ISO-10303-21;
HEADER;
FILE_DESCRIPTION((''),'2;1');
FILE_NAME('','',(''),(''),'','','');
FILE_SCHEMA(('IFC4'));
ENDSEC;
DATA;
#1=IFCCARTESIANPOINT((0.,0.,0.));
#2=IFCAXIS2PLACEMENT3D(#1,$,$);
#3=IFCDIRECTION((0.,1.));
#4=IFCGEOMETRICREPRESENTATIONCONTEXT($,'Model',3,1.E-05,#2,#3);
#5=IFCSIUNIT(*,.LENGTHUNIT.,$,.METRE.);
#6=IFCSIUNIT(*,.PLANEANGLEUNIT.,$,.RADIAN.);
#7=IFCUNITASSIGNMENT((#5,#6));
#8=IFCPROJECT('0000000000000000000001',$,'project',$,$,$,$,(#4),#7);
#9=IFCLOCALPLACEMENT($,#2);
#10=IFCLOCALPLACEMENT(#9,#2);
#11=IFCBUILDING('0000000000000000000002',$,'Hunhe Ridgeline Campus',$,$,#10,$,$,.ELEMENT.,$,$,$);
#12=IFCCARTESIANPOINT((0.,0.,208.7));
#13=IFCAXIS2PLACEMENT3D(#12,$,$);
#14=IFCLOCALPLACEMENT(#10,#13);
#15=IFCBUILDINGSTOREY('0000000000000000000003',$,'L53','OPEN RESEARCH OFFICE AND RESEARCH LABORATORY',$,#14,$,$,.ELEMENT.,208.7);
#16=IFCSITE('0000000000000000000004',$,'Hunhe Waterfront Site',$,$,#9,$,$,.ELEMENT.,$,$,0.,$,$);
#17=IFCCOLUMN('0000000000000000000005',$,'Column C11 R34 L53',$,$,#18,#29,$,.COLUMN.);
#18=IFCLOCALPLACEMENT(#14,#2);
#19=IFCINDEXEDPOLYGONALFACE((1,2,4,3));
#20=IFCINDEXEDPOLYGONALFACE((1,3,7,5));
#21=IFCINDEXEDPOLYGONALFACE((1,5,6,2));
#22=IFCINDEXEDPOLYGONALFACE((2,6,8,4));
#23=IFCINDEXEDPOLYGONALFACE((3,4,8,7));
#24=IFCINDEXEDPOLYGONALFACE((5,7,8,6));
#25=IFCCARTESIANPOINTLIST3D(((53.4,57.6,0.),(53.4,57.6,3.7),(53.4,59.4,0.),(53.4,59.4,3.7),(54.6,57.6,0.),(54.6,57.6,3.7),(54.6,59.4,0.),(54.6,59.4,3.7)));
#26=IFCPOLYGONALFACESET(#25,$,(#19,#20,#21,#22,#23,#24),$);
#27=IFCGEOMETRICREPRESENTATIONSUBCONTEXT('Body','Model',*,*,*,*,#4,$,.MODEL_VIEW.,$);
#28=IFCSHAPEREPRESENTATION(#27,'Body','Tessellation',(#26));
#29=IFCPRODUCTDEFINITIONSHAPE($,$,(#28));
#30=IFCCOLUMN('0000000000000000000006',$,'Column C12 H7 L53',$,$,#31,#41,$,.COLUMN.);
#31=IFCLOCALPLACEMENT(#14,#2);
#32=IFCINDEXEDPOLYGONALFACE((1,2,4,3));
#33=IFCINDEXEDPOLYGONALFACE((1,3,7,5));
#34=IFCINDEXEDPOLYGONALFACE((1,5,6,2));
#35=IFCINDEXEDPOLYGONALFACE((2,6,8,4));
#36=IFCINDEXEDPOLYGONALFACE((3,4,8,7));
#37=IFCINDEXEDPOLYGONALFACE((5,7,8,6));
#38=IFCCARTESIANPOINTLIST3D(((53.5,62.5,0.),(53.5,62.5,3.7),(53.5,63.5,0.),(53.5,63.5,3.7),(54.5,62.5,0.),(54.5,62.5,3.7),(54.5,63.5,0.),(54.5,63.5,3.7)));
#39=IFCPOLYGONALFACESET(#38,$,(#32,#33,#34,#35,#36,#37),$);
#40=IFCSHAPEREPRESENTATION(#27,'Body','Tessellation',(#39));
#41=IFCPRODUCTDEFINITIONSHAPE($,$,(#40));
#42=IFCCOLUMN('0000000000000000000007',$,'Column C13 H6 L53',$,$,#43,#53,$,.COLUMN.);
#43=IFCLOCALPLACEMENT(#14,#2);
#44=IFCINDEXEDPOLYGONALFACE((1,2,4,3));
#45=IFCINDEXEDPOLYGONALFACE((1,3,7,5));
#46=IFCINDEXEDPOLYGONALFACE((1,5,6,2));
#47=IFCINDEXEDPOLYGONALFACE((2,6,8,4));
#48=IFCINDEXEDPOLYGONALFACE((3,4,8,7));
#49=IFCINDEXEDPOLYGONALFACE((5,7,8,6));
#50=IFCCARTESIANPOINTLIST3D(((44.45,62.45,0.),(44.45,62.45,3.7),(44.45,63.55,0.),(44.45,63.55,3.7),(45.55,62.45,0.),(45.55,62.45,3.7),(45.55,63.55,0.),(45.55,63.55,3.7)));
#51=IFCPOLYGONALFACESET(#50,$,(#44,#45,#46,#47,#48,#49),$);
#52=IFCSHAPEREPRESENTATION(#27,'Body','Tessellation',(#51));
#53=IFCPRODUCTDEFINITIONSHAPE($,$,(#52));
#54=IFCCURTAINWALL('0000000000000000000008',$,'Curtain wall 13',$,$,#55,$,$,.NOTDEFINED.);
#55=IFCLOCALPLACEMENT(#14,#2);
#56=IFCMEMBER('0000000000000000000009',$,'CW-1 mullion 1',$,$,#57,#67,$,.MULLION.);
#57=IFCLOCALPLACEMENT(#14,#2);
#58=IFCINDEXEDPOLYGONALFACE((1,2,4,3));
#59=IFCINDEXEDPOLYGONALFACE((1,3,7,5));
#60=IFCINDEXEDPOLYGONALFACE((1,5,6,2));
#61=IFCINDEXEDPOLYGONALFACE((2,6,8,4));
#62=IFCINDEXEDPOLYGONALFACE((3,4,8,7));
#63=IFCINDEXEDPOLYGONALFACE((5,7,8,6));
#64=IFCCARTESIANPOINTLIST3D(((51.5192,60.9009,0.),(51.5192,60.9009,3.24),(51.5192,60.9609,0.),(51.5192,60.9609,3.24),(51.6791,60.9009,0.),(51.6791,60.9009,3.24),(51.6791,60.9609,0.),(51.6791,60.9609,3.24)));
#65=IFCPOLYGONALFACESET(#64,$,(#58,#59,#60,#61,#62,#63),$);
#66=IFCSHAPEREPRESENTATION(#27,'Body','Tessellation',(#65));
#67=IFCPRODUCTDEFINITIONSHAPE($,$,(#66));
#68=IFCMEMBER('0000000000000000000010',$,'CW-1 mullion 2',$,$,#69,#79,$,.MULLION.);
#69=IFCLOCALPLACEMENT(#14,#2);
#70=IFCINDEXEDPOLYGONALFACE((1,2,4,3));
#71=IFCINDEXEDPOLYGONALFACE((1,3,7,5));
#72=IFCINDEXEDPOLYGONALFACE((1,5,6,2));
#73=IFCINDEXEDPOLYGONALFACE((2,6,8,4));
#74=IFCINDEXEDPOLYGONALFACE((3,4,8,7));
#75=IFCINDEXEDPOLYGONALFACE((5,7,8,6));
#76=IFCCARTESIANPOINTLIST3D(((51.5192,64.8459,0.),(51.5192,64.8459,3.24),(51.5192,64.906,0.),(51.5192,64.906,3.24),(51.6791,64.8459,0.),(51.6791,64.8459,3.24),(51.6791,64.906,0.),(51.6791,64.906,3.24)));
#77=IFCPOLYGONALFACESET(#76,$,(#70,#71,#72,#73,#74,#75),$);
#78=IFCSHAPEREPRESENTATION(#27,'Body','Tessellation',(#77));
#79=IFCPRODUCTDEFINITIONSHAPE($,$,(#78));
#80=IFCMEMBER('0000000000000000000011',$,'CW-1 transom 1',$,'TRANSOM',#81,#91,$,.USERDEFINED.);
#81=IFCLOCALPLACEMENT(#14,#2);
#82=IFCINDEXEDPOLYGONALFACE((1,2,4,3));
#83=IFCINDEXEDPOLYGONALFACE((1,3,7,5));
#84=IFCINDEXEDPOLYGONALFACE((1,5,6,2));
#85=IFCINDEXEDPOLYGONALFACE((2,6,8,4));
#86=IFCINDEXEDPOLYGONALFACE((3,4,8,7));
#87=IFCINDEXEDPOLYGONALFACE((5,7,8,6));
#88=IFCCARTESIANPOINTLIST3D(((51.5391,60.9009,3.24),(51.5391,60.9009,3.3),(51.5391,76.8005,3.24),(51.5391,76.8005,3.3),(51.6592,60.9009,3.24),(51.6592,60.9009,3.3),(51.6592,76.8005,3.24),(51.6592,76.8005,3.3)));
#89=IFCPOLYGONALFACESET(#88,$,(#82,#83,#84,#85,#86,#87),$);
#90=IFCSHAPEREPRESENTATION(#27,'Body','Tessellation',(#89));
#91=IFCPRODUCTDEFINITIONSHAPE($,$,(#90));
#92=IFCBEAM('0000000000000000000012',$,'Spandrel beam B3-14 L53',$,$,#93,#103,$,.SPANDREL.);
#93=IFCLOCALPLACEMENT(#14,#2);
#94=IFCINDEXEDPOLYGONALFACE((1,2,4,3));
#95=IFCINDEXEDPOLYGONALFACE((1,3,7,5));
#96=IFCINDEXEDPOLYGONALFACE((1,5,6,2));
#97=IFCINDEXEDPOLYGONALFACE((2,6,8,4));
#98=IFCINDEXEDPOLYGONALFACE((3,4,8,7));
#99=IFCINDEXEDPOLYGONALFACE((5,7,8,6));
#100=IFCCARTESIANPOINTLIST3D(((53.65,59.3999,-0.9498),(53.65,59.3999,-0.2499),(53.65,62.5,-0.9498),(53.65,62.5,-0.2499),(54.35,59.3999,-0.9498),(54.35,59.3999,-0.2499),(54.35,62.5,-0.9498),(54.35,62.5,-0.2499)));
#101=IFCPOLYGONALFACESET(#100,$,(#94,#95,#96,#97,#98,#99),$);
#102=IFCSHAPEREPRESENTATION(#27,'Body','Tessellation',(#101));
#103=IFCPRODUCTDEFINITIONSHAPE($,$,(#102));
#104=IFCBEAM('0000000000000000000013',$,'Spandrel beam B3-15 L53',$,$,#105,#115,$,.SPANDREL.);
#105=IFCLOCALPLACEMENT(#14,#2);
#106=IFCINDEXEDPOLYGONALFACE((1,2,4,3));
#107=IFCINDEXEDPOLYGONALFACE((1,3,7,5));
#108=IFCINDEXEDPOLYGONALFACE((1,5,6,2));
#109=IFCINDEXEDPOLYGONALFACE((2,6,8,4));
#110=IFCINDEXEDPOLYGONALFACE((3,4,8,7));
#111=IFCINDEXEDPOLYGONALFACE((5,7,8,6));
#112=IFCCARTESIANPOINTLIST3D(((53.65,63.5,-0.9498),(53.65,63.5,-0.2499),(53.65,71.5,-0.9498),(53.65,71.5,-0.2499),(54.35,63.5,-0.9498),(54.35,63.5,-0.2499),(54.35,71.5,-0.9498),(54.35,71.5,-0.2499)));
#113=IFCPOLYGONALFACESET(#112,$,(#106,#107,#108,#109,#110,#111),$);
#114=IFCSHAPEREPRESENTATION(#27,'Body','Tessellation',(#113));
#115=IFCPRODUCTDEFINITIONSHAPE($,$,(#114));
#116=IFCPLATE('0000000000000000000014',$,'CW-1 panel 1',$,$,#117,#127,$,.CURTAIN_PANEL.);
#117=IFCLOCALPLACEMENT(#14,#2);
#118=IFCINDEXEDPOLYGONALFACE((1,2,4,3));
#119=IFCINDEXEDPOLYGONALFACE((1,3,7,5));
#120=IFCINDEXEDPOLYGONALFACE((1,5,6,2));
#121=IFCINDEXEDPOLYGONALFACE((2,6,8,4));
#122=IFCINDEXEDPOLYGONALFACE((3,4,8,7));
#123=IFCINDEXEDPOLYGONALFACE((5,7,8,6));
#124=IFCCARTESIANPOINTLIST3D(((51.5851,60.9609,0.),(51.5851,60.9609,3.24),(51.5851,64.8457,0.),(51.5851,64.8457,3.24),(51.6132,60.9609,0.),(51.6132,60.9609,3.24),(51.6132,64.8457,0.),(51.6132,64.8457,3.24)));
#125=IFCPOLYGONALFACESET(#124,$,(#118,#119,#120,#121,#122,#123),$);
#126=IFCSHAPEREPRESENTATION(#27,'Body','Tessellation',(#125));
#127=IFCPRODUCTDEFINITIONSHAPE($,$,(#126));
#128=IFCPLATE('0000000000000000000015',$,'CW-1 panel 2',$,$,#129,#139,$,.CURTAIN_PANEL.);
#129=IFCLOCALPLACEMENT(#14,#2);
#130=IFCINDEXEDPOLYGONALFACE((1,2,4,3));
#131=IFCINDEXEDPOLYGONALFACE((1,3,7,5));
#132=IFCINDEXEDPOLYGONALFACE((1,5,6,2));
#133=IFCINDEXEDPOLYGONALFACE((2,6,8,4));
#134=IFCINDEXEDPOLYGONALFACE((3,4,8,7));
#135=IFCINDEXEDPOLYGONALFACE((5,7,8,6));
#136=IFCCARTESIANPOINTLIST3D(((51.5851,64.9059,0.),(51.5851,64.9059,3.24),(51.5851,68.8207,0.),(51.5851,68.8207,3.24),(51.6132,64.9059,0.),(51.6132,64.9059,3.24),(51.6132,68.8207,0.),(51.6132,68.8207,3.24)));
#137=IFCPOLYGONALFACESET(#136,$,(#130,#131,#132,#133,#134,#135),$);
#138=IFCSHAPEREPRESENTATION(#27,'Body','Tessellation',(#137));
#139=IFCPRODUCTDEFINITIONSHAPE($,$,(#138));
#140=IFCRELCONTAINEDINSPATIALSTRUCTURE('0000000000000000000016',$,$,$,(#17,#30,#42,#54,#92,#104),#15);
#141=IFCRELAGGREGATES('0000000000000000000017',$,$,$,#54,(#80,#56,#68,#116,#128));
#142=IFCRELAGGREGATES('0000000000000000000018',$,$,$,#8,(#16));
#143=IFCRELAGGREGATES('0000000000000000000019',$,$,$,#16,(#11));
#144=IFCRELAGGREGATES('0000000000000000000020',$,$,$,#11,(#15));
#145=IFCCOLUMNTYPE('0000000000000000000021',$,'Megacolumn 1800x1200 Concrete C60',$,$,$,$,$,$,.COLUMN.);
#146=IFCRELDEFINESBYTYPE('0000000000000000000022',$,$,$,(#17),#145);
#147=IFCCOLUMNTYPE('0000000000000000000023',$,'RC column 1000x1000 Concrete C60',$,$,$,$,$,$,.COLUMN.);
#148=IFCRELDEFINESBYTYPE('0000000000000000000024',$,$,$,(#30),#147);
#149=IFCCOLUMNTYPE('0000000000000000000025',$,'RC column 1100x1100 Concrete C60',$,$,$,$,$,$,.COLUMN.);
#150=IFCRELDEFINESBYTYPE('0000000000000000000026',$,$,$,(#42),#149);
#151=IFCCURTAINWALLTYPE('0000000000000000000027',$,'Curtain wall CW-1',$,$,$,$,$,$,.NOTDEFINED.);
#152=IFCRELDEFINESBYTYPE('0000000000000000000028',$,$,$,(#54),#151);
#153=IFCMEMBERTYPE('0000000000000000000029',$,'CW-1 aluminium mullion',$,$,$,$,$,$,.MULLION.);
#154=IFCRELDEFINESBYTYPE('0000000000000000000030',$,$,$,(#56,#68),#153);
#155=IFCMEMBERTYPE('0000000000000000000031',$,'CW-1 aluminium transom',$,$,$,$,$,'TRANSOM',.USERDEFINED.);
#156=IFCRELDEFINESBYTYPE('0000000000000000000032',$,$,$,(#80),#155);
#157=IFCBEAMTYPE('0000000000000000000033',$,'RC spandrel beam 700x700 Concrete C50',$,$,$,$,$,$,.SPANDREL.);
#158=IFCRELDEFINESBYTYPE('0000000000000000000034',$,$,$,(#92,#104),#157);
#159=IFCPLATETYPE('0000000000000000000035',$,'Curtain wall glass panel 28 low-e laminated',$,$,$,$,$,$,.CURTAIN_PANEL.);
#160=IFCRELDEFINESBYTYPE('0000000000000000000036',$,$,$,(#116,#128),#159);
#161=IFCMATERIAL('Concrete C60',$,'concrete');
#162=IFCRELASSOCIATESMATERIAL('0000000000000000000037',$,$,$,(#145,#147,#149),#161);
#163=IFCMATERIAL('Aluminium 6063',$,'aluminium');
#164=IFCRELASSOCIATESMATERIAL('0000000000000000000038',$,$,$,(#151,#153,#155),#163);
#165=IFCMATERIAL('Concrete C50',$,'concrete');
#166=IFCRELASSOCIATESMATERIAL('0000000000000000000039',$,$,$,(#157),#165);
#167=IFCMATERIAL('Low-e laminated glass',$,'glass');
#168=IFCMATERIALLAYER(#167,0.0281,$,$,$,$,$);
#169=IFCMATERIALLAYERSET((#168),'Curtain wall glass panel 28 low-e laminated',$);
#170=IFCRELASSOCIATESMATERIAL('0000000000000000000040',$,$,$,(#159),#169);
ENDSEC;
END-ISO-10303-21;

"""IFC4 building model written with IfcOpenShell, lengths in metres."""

from ifc_helpers import new_model, si_unit, direction, frame, origin, origin_2d, place, context, subcontext, project, spatial, rectangle, extrude, material, layer, layer_set, material_profile, profile_set, type_object, element, aggregate, save


model = new_model("IFC4")

# Units and contexts
model_context = context("Model", 3, precision=1e-05, world=origin(), true_north=direction((0.0, 1.0)))
body_context = subcontext(model_context, "Body", "Model", "MODEL_VIEW")
ifc_project = project(units=[si_unit("LENGTHUNIT", "METRE"), si_unit("PLANEANGLEUNIT", "RADIAN")], contexts=[model_context])

# Site, building, storey
site_placement = place(None, origin())
site = spatial("IfcSite", under=ifc_project, at=site_placement, Name="Hunhe Waterfront Site", CompositionType="ELEMENT", RefElevation=0.0)
building_placement = place(site_placement, origin())
building = spatial("IfcBuilding", under=site, at=building_placement, Name="Hunhe Ridgeline Campus", CompositionType="ELEMENT")
storey_placement = place(building_placement, frame((0.0, 0.0, 208.7)))
storey = spatial("IfcBuildingStorey", under=building, at=storey_placement, Name="L53", Description="OPEN RESEARCH OFFICE AND RESEARCH LABORATORY", CompositionType="ELEMENT", Elevation=208.7)

# Columns
ifc_material_1 = material(Name="Concrete C60", Category="concrete")
ifc_material_profile_1 = material_profile(ifc_material_1, rectangle(XDim=1.8, YDim=1.2, at=origin_2d()))
ifc_profile_set_1 = profile_set([ifc_material_profile_1], Name="Concrete C60")
column_type_1 = type_object("IfcColumnType", Name="Megacolumn 1800x1200 Concrete C60", PredefinedType="COLUMN", material=ifc_profile_set_1)
column_1_placement = place(storey_placement, frame((54.0, 58.5, 0.0), z_axis=(0.0, 0.0, 1.0), x_axis=(0.0, 1.0, 0.0)))
element("IfcColumn", 1, at=column_1_placement, inside=storey, type_object=column_type_1, Name="Column C11 R34 L53", PredefinedType="COLUMN", context=body_context, shape_type="SweptSolid", body=[
    extrude(rectangle(XDim=1.8, YDim=1.2, at=origin_2d()), origin(), (0.0, 0.0, 1.0), 3.7),
])
ifc_material_profile_2 = material_profile(ifc_material_1, rectangle(XDim=1.0, YDim=1.0, at=origin_2d()))
ifc_profile_set_2 = profile_set([ifc_material_profile_2], Name="Concrete C60")
column_type_2 = type_object("IfcColumnType", Name="RC column 1000x1000 Concrete C60", PredefinedType="COLUMN", material=ifc_profile_set_2)
column_2_placement = place(storey_placement, frame((54.0, 63.0, 0.0), z_axis=(0.0, 0.0, 1.0), x_axis=(1.0, 0.0, 0.0)))
element("IfcColumn", 2, at=column_2_placement, inside=storey, type_object=column_type_2, Name="Column C12 H7 L53", PredefinedType="COLUMN", context=body_context, shape_type="SweptSolid", body=[
    extrude(rectangle(XDim=1.0, YDim=1.0, at=origin_2d()), origin(), (0.0, 0.0, 1.0), 3.7),
])
ifc_material_profile_3 = material_profile(ifc_material_1, rectangle(XDim=1.1001, YDim=1.1001, at=origin_2d()))
ifc_profile_set_3 = profile_set([ifc_material_profile_3], Name="Concrete C60")
column_type_3 = type_object("IfcColumnType", Name="RC column 1100x1100 Concrete C60", PredefinedType="COLUMN", material=ifc_profile_set_3)
column_3_placement = place(storey_placement, frame((45.0, 63.0, 0.0), z_axis=(0.0, 0.0, 1.0), x_axis=(1.0, 0.0, 0.0)))
element("IfcColumn", 3, at=column_3_placement, inside=storey, type_object=column_type_3, Name="Column C13 H6 L53", PredefinedType="COLUMN", context=body_context, shape_type="SweptSolid", body=[
    extrude(rectangle(XDim=1.1001, YDim=1.1001, at=origin_2d()), origin(), (0.0, 0.0, 1.0), 3.7),
])

# Curtain wall, members
ifc_material_2 = material(Name="Aluminium 6063", Category="aluminium")
curtain_wall_type = type_object("IfcCurtainWallType", Name="Curtain wall CW-1", PredefinedType="NOTDEFINED", material=ifc_material_2)
curtain_wall_placement = place(storey_placement, origin())
curtain_wall = element("IfcCurtainWall", 4, at=curtain_wall_placement, inside=storey, type_object=curtain_wall_type, Name="Curtain wall 13", PredefinedType="NOTDEFINED")
ifc_material_profile_4 = material_profile(ifc_material_2, rectangle(XDim=0.1599, YDim=0.0601, at=origin_2d()))
ifc_profile_set_4 = profile_set([ifc_material_profile_4], Name="Aluminium 6063")
member_type_1 = type_object("IfcMemberType", Name="CW-1 aluminium mullion", PredefinedType="MULLION", material=ifc_profile_set_4)
member_1_placement = place(storey_placement, frame((51.5991, 60.9309, 0.0), z_axis=(0.0, 0.0, 1.0), x_axis=(-1.0, 0.0, 0.0)))
member_1 = element("IfcMember", 5, at=member_1_placement, type_object=member_type_1, Name="CW-1 mullion 1", PredefinedType="MULLION", context=body_context, shape_type="SweptSolid", body=[
    extrude(rectangle(XDim=0.1599, YDim=0.0601, at=origin_2d()), origin(), (0.0, 0.0, 1.0), 3.24),
])
member_2_placement = place(storey_placement, frame((51.5991, 64.876, 0.0), z_axis=(0.0, 0.0, 1.0), x_axis=(-1.0, 0.0, 0.0)))
member_2 = element("IfcMember", 6, at=member_2_placement, type_object=member_type_1, Name="CW-1 mullion 2", PredefinedType="MULLION", context=body_context, shape_type="SweptSolid", body=[
    extrude(rectangle(XDim=0.1599, YDim=0.0601, at=origin_2d()), origin(), (0.0, 0.0, 1.0), 3.24),
])
ifc_material_profile_5 = material_profile(ifc_material_2, rectangle(XDim=0.1201, YDim=0.0601, at=origin_2d()))
ifc_profile_set_5 = profile_set([ifc_material_profile_5], Name="Aluminium 6063")
member_type_2 = type_object("IfcMemberType", Name="CW-1 aluminium transom", ElementType="TRANSOM", PredefinedType="USERDEFINED", material=ifc_profile_set_5)
member_3_placement = place(storey_placement, frame((51.5991, 60.9009, 3.27), z_axis=(0.0, 1.0, 0.0), x_axis=(-1.0, 0.0, 0.0)))
member_3 = element("IfcMember", 7, at=member_3_placement, type_object=member_type_2, Name="CW-1 transom 1", ObjectType="TRANSOM", PredefinedType="USERDEFINED", context=body_context, shape_type="SweptSolid", body=[
    extrude(rectangle(XDim=0.1201, YDim=0.0601, at=origin_2d()), origin(), (0.0, 0.0, 1.0), 15.8997),
])

# Beams
ifc_material_3 = material(Name="Concrete C50", Category="concrete")
ifc_material_profile_6 = material_profile(ifc_material_3, rectangle(XDim=0.7, YDim=0.7, at=origin_2d()))
ifc_profile_set_6 = profile_set([ifc_material_profile_6], Name="Concrete C50")
beam_type = type_object("IfcBeamType", Name="RC spandrel beam 700x700 Concrete C50", PredefinedType="SPANDREL", material=ifc_profile_set_6)
beam_1_placement = place(storey_placement, frame((54.0, 59.3999, -0.5999), z_axis=(0.0, 1.0, 0.0), x_axis=(-1.0, 0.0, 0.0)))
element("IfcBeam", 8, at=beam_1_placement, inside=storey, type_object=beam_type, Name="Spandrel beam B3-14 L53", PredefinedType="SPANDREL", context=body_context, shape_type="SweptSolid", body=[
    extrude(rectangle(XDim=0.7, YDim=0.7, at=origin_2d()), origin(), (0.0, 0.0, 1.0), 3.1001),
])
beam_2_placement = place(storey_placement, frame((54.0, 63.5, -0.5999), z_axis=(0.0, 1.0, 0.0), x_axis=(-1.0, 0.0, 0.0)))
element("IfcBeam", 9, at=beam_2_placement, inside=storey, type_object=beam_type, Name="Spandrel beam B3-15 L53", PredefinedType="SPANDREL", context=body_context, shape_type="SweptSolid", body=[
    extrude(rectangle(XDim=0.7, YDim=0.7, at=origin_2d()), origin(), (0.0, 0.0, 1.0), 8.0),
])

# Plates
ifc_material_4 = material(Name="Low-e laminated glass", Category="glass")
ifc_layer_1 = layer(ifc_material_4, 0.0281)
ifc_layer_set_1 = layer_set([ifc_layer_1], Name="Curtain wall glass panel 28 low-e laminated")
plate_type = type_object("IfcPlateType", Name="Curtain wall glass panel 28 low-e laminated", PredefinedType="CURTAIN_PANEL", material=ifc_layer_set_1)
plate_1_placement = place(storey_placement, frame((51.5991, 62.9033, 0.0), z_axis=(0.0, 0.0, 1.0), x_axis=(0.0, 1.0, 0.0)))
plate_1 = element("IfcPlate", 10, at=plate_1_placement, type_object=plate_type, Name="CW-1 panel 1", PredefinedType="CURTAIN_PANEL", context=body_context, shape_type="SweptSolid", body=[
    extrude(rectangle(XDim=3.8848, YDim=0.0281, at=origin_2d()), origin(), (0.0, 0.0, 1.0), 3.24),
])
plate_2_placement = place(storey_placement, frame((51.5991, 66.8633, 0.0), z_axis=(0.0, 0.0, 1.0), x_axis=(0.0, 1.0, 0.0)))
plate_2 = element("IfcPlate", 11, at=plate_2_placement, type_object=plate_type, Name="CW-1 panel 2", PredefinedType="CURTAIN_PANEL", context=body_context, shape_type="SweptSolid", body=[
    extrude(rectangle(XDim=3.9148, YDim=0.0281, at=origin_2d()), origin(), (0.0, 0.0, 1.0), 3.24),
])
aggregate(curtain_wall, [member_3, member_1, member_2, plate_1, plate_2])

save(model, "model.ifc")
